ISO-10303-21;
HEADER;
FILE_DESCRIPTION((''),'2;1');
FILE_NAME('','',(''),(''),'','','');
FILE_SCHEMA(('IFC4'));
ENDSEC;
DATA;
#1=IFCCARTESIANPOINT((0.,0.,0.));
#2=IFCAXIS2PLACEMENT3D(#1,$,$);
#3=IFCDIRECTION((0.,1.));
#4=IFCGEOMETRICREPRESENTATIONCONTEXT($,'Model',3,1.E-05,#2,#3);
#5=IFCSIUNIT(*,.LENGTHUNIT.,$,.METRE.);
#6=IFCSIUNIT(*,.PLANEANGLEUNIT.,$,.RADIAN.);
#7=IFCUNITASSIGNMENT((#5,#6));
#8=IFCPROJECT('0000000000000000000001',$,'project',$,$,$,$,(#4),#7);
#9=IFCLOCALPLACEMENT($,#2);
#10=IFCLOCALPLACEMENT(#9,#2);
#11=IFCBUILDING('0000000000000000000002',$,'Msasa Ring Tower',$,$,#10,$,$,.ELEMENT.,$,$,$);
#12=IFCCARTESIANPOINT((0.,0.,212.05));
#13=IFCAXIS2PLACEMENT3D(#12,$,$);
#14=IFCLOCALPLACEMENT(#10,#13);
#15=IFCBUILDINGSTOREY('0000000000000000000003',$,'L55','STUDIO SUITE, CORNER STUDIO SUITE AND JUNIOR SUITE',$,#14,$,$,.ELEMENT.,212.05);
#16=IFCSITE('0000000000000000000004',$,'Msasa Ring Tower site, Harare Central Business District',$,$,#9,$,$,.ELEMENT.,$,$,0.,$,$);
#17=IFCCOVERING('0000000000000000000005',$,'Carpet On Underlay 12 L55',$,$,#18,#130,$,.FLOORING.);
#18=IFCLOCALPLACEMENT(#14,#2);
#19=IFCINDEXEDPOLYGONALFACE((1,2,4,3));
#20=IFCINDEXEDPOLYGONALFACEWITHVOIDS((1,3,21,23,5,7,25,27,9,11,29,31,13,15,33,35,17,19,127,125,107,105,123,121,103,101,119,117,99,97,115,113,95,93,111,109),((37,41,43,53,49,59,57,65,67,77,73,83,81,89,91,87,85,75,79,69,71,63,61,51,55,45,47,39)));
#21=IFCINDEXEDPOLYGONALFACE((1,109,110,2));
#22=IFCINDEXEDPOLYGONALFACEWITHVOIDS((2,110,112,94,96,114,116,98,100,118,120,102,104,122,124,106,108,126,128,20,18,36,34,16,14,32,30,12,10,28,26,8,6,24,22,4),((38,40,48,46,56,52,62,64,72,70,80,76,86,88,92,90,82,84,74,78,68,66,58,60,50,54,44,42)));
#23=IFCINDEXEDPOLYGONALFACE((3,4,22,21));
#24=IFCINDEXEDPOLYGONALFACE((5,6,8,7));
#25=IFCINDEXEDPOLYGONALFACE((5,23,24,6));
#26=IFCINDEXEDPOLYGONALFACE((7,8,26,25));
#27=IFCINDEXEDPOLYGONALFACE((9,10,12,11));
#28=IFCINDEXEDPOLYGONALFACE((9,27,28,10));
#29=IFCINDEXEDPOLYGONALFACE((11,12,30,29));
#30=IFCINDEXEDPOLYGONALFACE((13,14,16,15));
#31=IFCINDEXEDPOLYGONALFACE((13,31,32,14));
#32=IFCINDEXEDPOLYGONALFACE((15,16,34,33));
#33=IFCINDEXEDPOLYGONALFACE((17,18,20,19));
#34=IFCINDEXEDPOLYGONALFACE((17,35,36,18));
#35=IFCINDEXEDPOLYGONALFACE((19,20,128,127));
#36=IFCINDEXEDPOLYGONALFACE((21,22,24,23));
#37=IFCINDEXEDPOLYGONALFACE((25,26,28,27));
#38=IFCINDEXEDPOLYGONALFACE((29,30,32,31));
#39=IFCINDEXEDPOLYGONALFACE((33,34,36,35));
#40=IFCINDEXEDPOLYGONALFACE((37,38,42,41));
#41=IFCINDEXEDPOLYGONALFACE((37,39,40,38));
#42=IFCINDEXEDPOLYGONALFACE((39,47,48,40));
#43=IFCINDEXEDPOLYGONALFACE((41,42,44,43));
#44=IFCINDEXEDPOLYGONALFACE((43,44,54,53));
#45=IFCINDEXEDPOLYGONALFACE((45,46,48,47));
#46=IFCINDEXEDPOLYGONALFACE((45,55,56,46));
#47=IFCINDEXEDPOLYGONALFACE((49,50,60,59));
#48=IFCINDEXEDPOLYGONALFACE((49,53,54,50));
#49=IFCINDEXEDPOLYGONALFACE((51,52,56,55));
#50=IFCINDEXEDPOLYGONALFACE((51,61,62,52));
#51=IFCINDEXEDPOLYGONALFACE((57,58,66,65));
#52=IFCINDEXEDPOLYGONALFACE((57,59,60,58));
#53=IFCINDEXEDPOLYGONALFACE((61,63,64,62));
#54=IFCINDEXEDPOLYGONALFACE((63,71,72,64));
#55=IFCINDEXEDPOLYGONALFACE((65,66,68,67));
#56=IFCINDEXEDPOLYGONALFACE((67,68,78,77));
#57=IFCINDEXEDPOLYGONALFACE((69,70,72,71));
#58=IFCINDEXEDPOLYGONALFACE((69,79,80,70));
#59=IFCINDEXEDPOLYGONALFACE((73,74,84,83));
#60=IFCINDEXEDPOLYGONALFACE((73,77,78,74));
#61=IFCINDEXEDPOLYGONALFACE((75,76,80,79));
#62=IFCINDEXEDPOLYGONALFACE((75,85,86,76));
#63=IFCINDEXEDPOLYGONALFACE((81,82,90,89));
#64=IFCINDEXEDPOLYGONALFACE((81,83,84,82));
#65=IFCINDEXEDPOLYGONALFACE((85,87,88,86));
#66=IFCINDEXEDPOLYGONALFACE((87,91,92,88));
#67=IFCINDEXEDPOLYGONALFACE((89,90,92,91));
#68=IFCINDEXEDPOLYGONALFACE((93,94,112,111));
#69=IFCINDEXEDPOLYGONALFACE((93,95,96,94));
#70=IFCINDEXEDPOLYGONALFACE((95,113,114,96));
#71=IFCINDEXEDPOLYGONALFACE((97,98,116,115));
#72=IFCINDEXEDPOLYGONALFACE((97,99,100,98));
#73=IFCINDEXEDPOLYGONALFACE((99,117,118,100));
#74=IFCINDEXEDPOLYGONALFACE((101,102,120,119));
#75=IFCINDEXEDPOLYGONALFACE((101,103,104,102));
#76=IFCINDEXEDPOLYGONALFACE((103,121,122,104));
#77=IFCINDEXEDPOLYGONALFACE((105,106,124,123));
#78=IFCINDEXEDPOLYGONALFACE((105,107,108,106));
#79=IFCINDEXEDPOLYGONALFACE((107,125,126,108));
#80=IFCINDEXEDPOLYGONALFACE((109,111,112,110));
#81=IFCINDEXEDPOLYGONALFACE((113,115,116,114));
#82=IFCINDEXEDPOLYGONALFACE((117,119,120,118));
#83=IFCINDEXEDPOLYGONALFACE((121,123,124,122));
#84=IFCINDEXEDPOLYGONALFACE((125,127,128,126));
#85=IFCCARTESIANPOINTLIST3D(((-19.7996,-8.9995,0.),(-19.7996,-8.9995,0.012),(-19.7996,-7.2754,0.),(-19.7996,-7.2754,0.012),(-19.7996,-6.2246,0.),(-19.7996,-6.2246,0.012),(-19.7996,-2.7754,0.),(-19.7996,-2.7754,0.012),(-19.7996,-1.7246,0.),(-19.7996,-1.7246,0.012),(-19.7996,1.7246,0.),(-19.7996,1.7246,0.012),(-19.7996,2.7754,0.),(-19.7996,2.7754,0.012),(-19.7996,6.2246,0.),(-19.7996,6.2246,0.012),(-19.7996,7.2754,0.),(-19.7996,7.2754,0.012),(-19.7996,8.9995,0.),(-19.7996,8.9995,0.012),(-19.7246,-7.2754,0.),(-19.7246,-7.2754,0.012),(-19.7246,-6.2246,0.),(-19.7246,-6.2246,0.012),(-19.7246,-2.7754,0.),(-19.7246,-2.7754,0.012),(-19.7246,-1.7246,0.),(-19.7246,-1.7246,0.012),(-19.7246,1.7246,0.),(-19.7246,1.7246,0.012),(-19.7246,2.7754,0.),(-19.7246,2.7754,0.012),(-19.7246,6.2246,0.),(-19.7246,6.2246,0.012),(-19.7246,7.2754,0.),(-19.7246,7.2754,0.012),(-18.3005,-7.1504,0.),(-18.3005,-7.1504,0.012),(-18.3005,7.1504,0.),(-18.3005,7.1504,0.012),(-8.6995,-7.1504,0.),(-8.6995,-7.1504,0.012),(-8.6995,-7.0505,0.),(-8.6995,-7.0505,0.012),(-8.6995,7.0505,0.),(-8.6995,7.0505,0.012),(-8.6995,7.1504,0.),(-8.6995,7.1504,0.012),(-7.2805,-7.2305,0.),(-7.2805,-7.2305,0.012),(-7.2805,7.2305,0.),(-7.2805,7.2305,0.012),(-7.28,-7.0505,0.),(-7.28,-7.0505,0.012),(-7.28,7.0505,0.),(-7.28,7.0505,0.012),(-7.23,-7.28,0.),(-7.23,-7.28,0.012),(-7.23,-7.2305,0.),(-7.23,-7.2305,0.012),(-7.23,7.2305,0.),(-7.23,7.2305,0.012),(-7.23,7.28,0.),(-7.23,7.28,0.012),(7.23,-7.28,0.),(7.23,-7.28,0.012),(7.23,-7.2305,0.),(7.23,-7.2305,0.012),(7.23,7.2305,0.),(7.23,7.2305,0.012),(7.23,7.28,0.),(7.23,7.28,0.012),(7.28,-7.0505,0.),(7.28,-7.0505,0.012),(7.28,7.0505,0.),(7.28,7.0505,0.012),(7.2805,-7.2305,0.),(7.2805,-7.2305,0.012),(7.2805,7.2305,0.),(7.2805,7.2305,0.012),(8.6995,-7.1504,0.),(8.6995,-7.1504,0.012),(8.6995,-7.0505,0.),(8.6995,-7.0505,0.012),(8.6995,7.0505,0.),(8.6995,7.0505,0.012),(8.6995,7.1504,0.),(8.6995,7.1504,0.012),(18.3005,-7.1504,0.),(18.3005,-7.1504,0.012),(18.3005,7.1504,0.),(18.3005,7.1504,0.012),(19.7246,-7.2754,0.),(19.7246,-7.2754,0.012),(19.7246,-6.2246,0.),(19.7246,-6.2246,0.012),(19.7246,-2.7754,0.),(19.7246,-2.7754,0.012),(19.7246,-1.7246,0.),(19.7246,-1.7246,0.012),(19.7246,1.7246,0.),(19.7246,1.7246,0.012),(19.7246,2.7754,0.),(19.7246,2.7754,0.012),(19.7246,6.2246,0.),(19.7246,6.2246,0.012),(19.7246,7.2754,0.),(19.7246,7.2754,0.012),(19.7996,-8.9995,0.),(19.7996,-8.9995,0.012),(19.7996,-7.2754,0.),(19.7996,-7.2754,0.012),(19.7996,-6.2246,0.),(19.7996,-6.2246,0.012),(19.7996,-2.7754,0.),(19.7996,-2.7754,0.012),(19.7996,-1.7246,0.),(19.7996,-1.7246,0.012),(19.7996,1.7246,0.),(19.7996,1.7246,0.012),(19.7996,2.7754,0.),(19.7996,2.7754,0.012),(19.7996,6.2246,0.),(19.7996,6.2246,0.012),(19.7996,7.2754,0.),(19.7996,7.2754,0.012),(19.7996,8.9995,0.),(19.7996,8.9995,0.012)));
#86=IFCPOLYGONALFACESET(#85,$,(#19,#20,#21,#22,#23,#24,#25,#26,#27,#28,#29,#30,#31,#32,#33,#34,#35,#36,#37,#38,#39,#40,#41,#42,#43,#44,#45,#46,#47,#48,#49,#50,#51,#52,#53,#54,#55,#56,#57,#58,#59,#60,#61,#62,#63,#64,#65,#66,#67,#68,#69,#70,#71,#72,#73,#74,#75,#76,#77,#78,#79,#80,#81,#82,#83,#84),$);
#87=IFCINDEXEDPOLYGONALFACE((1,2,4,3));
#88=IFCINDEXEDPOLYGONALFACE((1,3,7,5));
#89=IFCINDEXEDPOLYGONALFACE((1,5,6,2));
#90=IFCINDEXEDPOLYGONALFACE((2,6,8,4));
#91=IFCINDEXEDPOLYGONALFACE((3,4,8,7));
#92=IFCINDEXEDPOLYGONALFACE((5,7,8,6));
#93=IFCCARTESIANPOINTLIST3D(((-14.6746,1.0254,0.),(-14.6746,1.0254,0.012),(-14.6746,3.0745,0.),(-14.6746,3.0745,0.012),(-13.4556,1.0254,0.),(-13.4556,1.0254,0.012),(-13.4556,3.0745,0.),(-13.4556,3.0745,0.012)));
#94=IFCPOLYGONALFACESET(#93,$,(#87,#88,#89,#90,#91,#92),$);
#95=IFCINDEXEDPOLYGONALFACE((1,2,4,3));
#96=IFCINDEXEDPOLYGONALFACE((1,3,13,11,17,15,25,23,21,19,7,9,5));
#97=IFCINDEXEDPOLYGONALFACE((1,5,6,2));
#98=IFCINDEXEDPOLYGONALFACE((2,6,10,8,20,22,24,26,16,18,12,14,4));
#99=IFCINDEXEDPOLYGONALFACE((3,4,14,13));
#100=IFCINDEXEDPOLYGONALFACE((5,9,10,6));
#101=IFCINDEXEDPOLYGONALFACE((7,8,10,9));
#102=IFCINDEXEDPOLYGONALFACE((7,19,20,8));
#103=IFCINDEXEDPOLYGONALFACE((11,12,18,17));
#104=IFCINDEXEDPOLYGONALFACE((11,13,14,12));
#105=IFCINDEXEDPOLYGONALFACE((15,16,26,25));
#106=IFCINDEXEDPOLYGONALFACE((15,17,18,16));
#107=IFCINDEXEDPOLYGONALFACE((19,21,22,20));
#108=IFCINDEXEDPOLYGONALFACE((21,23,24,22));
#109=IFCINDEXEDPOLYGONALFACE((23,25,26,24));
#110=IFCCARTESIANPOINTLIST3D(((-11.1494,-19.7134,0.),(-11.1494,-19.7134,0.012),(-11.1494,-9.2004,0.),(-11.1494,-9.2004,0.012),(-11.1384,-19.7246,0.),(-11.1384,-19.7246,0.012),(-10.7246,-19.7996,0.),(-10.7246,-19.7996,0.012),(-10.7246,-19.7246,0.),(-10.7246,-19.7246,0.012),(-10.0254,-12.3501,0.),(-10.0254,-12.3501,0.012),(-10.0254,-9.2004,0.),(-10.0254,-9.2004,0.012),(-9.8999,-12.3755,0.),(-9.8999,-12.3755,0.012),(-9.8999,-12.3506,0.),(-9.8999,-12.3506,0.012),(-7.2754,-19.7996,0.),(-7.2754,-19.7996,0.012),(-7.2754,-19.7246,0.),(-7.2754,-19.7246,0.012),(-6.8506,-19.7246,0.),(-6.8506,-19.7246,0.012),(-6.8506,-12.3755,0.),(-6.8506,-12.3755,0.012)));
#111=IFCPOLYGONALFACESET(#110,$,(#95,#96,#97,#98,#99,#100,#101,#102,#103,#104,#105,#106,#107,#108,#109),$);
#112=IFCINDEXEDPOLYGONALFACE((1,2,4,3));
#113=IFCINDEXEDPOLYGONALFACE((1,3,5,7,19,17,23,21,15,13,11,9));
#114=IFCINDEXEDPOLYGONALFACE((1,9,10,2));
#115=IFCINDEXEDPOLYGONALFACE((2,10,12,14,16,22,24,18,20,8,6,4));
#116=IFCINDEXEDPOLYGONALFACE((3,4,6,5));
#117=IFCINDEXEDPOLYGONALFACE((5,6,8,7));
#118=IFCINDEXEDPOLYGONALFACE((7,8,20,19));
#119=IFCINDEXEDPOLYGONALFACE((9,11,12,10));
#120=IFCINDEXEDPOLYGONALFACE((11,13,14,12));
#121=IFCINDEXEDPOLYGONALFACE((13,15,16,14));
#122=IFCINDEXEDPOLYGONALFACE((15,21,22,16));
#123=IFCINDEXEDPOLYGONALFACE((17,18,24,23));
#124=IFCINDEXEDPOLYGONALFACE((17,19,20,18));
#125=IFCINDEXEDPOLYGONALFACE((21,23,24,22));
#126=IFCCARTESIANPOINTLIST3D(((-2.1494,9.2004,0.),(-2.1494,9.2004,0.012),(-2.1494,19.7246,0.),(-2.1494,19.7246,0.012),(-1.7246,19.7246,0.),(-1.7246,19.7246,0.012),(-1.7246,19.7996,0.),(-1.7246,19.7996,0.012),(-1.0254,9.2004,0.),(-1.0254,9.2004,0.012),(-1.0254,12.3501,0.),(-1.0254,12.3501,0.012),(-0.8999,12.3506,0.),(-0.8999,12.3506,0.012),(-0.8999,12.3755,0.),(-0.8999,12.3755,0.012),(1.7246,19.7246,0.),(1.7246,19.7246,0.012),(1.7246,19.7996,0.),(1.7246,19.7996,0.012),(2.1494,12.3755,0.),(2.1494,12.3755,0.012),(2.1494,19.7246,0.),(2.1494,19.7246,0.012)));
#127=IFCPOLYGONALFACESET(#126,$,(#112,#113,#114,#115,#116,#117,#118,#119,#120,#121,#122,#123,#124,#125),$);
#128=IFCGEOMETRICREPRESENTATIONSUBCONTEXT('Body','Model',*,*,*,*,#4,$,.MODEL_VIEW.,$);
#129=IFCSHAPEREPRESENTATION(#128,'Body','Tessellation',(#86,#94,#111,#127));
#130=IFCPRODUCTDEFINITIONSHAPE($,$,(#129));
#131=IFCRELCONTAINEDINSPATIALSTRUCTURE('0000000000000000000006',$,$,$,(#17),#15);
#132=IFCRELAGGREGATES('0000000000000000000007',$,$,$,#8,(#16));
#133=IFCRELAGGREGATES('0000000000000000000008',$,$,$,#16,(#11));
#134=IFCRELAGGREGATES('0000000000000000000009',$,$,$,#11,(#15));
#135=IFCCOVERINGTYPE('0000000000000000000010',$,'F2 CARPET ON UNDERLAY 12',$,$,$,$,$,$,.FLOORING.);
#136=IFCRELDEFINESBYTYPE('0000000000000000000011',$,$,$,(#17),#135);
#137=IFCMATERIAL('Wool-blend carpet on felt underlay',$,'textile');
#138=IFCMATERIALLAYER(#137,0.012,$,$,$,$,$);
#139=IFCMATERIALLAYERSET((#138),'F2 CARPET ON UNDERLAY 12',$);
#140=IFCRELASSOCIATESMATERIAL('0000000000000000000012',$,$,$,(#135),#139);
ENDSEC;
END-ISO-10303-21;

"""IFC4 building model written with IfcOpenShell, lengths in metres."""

from ifc_helpers import new_model, si_unit, direction, frame, origin, place, context, subcontext, project, spatial, line, indexed_curve, outline, extrude, material, layer, layer_set, type_object, element, save


model = new_model("IFC4")

# Units and contexts
model_context = context("Model", 3, precision=1e-05, world=origin(), true_north=direction((0.0, 1.0)))
body_context = subcontext(model_context, "Body", "Model", "MODEL_VIEW")
ifc_project = project(units=[si_unit("LENGTHUNIT", "METRE"), si_unit("PLANEANGLEUNIT", "RADIAN")], contexts=[model_context])

# Site, building, storey
site_placement = place(None, origin())
site = spatial("IfcSite", under=ifc_project, at=site_placement, Name="Msasa Ring Tower site, Harare Central Business District", CompositionType="ELEMENT", RefElevation=0.0)
building_placement = place(site_placement, origin())
building = spatial("IfcBuilding", under=site, at=building_placement, Name="Msasa Ring Tower", CompositionType="ELEMENT")
storey_placement = place(building_placement, frame((0.0, 0.0, 212.05)))
storey = spatial("IfcBuildingStorey", under=building, at=storey_placement, Name="L55", Description="STUDIO SUITE, CORNER STUDIO SUITE AND JUNIOR SUITE", CompositionType="ELEMENT", Elevation=212.05)

# Covering
ifc_material_1 = material(Name="Wool-blend carpet on felt underlay", Category="textile")
ifc_layer_1 = layer(ifc_material_1, 0.012)
ifc_layer_set_1 = layer_set([ifc_layer_1], Name="F2 CARPET ON UNDERLAY 12")
covering_type_1 = type_object("IfcCoveringType", Name="F2 CARPET ON UNDERLAY 12", PredefinedType="FLOORING", material=ifc_layer_set_1)
covering_1_placement = place(storey_placement, origin())
element("IfcCovering", 1, at=covering_1_placement, inside=storey, type_object=covering_type_1, Name="Carpet On Underlay 12 L55", PredefinedType="FLOORING", context=body_context, shape_type="SweptSolid", body=[
    extrude(outline(indexed_curve([(19.7996, 7.2754), (19.7246, 7.2754), (19.7246, 6.2246), (19.7996, 6.2246), (19.7996, 2.7754), (19.7246, 2.7754), (19.7246, 1.7246), (19.7996, 1.7246), (19.7996, -1.7246), (19.7246, -1.7246), (19.7246, -2.7754), (19.7996, -2.7754), (19.7996, -6.2246), (19.7246, -6.2246), (19.7246, -7.2754), (19.7996, -7.2754), (19.7996, -8.9995), (-19.7996, -8.9995), (-19.7996, -7.2754), (-19.7246, -7.2754), (-19.7246, -6.2246), (-19.7996, -6.2246), (-19.7996, -2.7754), (-19.7246, -2.7754), (-19.7246, -1.7246), (-19.7996, -1.7246), (-19.7996, 1.7246), (-19.7246, 1.7246), (-19.7246, 2.7754), (-19.7996, 2.7754), (-19.7996, 6.2246), (-19.7246, 6.2246), (-19.7246, 7.2754), (-19.7996, 7.2754), (-19.7996, 8.9995), (19.7996, 8.9995)], segments=[line(1, 2, 3, 4, 5, 6, 7, 8, 9, 10, 11, 12, 13, 14, 15, 16, 17, 18, 19, 20, 21, 22, 23, 24, 25, 26, 27, 28, 29, 30, 31, 32, 33, 34, 35, 36, 1)], self_intersect=False), holes=[indexed_curve([(8.6995, -7.1504), (18.3005, -7.1504), (18.3005, 7.1504), (8.6995, 7.1504), (8.6995, 7.0505), (7.28, 7.0505), (7.2805, 7.2305), (7.23, 7.2305), (7.23, 7.28), (-7.23, 7.28), (-7.23, 7.2305), (-7.2805, 7.2305), (-7.28, 7.0505), (-8.6995, 7.0505), (-8.6995, 7.1504), (-18.3005, 7.1504), (-18.3005, -7.1504), (-8.6995, -7.1504), (-8.6995, -7.0505), (-7.28, -7.0505), (-7.2805, -7.2305), (-7.23, -7.2305), (-7.23, -7.28), (7.23, -7.28), (7.23, -7.2305), (7.2805, -7.2305), (7.28, -7.0505), (8.6995, -7.0505)], segments=[line(1, 2, 3, 4, 5, 6, 7, 8, 9, 10, 11, 12, 13, 14, 15, 16, 17, 18, 19, 20, 21, 22, 23, 24, 25, 26, 27, 28, 1)], self_intersect=False)]), origin(), (0.0, 0.0, 1.0), 0.012),
    extrude(outline(indexed_curve([(-14.6746, 3.0745), (-13.4556, 3.0745), (-13.4556, 1.0254), (-14.6746, 1.0254)], segments=[line(1, 2, 3, 4, 1)], self_intersect=False)), origin(), (0.0, 0.0, 1.0), 0.012),
    extrude(outline(indexed_curve([(-10.7246, -19.7996), (-10.7246, -19.7246), (-11.1384, -19.7246), (-11.1494, -19.7134), (-11.1494, -9.2004), (-10.0254, -9.2004), (-10.0254, -12.3501), (-9.8999, -12.3506), (-9.8999, -12.3755), (-6.8506, -12.3755), (-6.8506, -19.7246), (-7.2754, -19.7246), (-7.2754, -19.7996)], segments=[line(1, 2, 3, 4, 5, 6, 7, 8, 9, 10, 11, 12, 13, 1)], self_intersect=False)), origin(), (0.0, 0.0, 1.0), 0.012),
    extrude(outline(indexed_curve([(-0.8999, 12.3506), (-1.0254, 12.3501), (-1.0254, 9.2004), (-2.1494, 9.2004), (-2.1494, 19.7246), (-1.7246, 19.7246), (-1.7246, 19.7996), (1.7246, 19.7996), (1.7246, 19.7246), (2.1494, 19.7246), (2.1494, 12.3755), (-0.8999, 12.3755)], segments=[line(1, 2, 3, 4, 5, 6, 7, 8, 9, 10, 11, 12, 1)], self_intersect=False)), origin(), (0.0, 0.0, 1.0), 0.012),
])

save(model, "model.ifc")
